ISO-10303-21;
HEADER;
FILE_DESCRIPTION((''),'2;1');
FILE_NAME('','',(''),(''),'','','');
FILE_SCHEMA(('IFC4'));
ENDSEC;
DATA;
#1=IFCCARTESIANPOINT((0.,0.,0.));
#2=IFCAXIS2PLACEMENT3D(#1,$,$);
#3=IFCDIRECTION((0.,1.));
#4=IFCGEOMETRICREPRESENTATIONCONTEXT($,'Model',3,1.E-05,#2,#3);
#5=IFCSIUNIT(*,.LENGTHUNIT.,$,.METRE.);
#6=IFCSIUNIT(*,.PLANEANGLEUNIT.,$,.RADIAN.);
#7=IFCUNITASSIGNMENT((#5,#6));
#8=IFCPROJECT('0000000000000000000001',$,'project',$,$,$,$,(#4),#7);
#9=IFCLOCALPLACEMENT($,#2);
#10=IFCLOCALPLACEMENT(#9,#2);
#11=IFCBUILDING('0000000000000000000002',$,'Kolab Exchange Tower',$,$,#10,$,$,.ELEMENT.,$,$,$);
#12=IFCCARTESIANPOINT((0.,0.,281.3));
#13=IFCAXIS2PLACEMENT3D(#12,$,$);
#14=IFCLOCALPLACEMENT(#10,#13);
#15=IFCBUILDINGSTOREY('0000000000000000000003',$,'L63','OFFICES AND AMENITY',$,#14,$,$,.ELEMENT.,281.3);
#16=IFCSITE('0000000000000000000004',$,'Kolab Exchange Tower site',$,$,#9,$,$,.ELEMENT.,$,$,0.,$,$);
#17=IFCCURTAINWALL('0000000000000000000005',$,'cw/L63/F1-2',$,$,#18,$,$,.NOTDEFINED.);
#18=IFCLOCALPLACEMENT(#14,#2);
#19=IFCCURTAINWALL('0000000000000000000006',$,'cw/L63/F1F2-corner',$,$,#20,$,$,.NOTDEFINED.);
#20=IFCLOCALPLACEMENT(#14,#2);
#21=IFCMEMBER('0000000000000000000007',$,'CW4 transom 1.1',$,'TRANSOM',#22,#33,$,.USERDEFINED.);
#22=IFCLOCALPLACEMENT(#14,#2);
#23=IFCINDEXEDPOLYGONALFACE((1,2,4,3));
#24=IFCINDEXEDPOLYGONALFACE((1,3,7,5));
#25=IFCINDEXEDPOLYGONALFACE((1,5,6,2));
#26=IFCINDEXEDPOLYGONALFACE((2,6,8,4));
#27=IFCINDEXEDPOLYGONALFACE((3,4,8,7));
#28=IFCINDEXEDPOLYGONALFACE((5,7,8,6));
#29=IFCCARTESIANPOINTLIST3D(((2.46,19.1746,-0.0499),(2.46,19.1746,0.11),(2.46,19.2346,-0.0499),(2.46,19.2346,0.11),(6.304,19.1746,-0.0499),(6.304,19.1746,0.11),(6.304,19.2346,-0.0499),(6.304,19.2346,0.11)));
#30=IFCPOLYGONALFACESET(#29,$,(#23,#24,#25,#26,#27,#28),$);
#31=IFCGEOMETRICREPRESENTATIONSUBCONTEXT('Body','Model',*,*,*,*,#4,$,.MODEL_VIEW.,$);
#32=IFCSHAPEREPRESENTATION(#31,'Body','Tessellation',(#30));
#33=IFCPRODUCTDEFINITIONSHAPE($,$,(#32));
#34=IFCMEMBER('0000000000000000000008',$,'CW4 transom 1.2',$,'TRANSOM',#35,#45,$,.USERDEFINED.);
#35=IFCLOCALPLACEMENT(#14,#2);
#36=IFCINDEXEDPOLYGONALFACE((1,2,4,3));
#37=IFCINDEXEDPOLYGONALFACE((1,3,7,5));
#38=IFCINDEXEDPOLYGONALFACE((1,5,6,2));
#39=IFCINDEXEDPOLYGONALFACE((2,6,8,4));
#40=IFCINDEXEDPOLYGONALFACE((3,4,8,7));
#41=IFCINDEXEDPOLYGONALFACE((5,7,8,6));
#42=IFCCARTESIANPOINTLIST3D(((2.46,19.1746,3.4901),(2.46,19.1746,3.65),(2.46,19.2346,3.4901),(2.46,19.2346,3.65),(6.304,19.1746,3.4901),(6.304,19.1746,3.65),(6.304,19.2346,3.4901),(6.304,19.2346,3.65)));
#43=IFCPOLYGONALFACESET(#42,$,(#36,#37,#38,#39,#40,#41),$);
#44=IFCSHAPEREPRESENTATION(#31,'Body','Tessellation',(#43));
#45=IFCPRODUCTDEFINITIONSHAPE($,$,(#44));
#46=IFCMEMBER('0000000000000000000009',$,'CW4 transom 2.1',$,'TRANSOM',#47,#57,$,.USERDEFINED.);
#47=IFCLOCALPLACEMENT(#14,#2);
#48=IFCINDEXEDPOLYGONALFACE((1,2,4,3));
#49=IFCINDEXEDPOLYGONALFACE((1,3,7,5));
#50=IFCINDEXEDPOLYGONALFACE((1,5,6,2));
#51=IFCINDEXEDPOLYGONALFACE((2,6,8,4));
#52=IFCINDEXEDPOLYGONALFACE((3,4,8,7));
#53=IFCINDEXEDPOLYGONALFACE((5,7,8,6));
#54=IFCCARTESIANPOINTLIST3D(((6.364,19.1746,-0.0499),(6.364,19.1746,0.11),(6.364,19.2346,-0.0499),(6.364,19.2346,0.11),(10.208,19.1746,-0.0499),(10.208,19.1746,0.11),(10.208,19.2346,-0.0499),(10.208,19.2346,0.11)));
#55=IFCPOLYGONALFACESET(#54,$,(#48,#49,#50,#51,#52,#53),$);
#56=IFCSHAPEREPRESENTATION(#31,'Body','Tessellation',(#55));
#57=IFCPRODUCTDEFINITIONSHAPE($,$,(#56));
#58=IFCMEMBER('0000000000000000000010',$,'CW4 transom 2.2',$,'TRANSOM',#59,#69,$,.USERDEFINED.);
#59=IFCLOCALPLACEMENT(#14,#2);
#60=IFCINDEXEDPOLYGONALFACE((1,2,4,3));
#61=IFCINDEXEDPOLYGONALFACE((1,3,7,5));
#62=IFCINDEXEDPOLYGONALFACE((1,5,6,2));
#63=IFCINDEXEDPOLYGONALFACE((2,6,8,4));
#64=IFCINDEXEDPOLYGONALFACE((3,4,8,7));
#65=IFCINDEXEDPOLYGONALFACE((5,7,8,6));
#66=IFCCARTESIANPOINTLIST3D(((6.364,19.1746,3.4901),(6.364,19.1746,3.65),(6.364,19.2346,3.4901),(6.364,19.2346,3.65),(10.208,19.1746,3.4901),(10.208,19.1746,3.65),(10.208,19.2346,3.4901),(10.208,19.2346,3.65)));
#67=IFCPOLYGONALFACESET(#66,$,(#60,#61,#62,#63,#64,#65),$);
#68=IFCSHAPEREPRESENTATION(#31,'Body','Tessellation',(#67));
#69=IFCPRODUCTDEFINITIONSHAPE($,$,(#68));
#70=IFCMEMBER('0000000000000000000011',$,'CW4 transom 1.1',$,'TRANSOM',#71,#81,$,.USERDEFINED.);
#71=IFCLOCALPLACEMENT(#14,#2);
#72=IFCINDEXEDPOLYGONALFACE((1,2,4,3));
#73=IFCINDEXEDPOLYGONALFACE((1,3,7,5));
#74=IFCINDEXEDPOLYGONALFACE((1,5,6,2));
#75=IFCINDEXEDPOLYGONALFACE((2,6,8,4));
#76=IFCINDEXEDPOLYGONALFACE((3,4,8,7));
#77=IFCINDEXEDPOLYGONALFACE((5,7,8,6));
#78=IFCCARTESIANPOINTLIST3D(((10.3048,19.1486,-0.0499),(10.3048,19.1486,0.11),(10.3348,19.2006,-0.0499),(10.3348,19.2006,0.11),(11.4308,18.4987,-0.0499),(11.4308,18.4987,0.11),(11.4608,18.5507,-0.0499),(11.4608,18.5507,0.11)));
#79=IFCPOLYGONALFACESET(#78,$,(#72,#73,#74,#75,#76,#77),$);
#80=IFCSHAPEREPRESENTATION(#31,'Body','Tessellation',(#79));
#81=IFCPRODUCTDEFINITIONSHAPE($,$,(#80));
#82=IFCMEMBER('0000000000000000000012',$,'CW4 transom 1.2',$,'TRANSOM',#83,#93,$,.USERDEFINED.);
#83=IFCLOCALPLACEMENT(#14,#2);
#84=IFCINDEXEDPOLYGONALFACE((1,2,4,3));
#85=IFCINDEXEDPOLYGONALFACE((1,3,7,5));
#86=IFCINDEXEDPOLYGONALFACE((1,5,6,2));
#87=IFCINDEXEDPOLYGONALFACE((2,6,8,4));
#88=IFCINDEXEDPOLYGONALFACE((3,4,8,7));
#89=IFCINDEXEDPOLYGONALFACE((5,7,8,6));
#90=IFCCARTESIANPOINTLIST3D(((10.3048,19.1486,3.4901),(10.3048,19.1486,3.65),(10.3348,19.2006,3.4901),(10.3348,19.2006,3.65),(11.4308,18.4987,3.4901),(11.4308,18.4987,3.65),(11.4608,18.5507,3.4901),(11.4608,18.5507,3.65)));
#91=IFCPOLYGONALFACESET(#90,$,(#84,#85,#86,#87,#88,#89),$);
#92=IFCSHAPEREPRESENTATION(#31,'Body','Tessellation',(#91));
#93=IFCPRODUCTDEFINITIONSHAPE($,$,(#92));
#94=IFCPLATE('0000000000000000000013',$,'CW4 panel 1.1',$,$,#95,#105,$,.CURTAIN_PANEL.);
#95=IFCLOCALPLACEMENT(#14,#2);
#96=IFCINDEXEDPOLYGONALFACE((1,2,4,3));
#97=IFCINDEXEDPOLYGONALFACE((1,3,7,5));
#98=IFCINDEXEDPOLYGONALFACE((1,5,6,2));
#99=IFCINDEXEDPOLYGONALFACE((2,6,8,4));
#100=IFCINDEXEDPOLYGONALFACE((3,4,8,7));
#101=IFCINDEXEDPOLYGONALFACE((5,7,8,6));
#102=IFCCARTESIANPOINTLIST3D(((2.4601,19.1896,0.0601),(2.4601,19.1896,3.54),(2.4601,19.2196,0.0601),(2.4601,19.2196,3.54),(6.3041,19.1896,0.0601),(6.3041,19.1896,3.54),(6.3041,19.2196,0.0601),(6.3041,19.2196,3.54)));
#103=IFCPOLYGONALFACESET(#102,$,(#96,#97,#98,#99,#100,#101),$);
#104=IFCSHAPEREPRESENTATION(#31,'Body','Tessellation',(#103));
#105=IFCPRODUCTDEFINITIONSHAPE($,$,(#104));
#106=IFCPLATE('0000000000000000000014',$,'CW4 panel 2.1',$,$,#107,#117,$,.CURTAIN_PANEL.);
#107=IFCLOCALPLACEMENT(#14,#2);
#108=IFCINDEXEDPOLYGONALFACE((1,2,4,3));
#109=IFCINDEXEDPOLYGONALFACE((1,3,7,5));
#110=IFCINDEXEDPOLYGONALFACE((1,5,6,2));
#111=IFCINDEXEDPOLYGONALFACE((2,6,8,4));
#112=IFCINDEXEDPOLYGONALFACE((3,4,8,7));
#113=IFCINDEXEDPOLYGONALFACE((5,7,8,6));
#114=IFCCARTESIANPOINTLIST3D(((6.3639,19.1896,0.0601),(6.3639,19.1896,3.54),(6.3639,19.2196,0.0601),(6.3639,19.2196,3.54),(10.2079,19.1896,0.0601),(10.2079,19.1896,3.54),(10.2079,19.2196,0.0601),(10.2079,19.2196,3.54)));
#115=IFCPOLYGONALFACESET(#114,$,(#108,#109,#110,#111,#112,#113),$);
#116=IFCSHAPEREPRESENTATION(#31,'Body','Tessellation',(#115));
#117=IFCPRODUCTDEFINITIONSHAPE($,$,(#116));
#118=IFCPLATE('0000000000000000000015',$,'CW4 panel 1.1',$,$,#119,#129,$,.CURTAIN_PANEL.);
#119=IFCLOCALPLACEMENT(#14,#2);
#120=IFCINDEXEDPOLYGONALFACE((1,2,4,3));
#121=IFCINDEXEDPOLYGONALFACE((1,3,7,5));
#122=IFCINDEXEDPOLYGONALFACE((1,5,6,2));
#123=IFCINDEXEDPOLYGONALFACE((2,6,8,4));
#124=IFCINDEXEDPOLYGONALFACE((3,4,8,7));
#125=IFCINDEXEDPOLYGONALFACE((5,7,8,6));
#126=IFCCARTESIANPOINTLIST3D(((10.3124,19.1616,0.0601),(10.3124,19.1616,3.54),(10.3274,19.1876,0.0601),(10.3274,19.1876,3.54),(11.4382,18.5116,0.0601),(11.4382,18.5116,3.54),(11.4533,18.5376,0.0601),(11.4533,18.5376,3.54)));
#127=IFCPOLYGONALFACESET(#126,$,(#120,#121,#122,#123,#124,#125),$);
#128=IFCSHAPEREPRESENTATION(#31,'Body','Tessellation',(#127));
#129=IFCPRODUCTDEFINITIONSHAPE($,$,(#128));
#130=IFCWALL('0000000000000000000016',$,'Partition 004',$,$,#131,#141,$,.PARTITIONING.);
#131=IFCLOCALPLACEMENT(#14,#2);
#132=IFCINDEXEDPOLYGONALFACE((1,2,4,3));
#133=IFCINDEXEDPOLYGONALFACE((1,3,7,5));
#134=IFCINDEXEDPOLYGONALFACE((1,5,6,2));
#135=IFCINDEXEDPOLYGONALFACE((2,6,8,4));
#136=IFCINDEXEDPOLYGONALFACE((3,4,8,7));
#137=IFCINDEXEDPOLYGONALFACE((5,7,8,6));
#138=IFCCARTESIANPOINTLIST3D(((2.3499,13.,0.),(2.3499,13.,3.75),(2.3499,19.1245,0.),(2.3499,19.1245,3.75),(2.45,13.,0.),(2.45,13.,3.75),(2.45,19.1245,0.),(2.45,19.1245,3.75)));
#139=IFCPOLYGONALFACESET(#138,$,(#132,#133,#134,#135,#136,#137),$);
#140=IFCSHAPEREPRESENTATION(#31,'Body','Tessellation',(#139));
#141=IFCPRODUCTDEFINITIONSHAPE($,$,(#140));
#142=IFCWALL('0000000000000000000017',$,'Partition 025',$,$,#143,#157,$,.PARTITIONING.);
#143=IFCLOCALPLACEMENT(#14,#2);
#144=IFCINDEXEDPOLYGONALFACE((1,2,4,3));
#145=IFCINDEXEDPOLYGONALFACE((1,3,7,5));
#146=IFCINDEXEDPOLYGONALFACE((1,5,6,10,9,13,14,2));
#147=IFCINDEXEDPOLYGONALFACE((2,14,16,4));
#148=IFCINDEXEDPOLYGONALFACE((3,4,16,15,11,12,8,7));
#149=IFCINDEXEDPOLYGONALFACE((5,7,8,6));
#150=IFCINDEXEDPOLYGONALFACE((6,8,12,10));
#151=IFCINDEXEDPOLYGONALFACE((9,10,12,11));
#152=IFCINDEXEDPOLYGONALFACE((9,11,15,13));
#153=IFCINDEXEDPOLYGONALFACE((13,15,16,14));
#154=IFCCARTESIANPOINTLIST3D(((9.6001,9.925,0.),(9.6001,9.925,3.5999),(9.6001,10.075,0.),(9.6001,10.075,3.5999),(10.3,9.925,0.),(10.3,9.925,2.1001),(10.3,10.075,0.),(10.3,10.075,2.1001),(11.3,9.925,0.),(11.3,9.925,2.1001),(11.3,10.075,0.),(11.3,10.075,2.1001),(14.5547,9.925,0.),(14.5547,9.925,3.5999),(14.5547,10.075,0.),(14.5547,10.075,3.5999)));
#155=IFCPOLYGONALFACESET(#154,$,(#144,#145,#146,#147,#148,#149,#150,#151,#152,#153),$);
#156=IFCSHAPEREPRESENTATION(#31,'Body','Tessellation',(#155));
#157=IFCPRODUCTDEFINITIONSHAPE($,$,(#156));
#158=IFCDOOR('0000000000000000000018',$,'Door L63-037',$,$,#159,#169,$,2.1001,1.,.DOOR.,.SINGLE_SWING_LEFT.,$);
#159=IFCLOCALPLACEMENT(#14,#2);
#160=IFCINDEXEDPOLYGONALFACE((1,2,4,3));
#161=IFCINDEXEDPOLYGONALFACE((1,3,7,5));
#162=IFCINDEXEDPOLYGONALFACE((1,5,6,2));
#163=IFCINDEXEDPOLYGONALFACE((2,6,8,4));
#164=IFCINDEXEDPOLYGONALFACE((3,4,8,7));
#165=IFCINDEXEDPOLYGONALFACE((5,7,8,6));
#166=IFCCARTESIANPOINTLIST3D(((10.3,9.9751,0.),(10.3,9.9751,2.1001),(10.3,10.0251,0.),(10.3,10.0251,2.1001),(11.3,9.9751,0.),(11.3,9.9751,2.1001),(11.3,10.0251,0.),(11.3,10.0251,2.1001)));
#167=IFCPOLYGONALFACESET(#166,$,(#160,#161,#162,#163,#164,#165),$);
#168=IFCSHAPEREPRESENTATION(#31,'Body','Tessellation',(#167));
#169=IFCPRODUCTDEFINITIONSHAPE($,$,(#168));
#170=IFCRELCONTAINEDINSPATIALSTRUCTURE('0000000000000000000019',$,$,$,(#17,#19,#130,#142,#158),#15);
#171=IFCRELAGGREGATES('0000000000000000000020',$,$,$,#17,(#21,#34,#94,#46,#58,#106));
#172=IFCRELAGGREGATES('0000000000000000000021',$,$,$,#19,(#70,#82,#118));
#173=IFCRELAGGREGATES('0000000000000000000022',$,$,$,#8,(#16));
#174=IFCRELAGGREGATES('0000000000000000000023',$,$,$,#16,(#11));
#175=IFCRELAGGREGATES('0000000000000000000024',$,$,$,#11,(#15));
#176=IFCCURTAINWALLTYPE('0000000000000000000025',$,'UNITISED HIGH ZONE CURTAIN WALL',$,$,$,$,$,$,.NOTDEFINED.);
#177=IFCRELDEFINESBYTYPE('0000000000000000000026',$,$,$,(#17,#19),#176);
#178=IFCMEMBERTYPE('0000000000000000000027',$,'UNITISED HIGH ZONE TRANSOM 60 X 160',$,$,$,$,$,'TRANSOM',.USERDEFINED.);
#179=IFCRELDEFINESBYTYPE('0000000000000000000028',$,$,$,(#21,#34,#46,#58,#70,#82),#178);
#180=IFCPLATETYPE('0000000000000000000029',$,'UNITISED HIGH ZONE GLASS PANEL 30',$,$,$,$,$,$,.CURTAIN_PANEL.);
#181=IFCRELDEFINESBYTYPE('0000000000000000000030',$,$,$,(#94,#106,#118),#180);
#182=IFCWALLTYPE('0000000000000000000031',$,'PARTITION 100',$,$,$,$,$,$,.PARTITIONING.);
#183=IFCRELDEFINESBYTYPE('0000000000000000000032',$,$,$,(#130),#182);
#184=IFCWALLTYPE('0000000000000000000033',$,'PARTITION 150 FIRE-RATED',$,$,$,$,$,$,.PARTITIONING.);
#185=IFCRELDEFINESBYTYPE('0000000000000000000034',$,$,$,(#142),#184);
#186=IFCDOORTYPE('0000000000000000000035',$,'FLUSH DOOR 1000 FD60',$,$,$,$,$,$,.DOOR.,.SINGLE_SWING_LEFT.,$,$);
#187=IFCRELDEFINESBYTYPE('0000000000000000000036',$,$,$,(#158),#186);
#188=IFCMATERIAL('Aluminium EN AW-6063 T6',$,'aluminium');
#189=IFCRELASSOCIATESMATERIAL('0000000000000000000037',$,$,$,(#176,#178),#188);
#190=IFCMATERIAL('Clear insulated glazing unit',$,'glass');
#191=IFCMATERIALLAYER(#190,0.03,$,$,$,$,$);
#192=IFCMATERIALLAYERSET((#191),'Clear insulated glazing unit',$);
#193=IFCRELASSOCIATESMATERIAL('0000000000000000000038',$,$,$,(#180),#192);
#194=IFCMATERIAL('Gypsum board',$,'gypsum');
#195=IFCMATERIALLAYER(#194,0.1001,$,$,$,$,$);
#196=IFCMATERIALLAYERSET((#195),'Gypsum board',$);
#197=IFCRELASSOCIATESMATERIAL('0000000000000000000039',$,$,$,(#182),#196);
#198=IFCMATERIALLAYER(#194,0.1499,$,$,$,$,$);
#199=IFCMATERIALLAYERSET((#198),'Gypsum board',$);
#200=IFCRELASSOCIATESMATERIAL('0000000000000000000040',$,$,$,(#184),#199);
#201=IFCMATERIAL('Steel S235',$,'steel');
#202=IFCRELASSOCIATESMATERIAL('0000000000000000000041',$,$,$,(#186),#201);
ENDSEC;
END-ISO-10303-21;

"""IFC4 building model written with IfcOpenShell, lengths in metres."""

from ifc_helpers import new_model, si_unit, direction, frame, frame_2d, origin, origin_2d, place, context, subcontext, project, spatial, rectangle, extrude, material, layer, layer_set, material_profile, profile_set, type_object, element, fill, aggregate, save


model = new_model("IFC4")

# Units and contexts
model_context = context("Model", 3, precision=1e-05, world=origin(), true_north=direction((0.0, 1.0)))
body_context = subcontext(model_context, "Body", "Model", "MODEL_VIEW")
ifc_project = project(units=[si_unit("LENGTHUNIT", "METRE"), si_unit("PLANEANGLEUNIT", "RADIAN")], contexts=[model_context])

# Site, building, storey
site_placement = place(None, origin())
site = spatial("IfcSite", under=ifc_project, at=site_placement, Name="Kolab Exchange Tower site", CompositionType="ELEMENT", RefElevation=0.0)
building_placement = place(site_placement, origin())
building = spatial("IfcBuilding", under=site, at=building_placement, Name="Kolab Exchange Tower", CompositionType="ELEMENT")
storey_placement = place(building_placement, frame((0.0, 0.0, 281.3)))
storey = spatial("IfcBuildingStorey", under=building, at=storey_placement, Name="L63", Description="OFFICES AND AMENITY", CompositionType="ELEMENT", Elevation=281.3)

# Curtain walls
ifc_material_1 = material(Name="Aluminium EN AW-6063 T6", Category="aluminium")
curtain_wall_type = type_object("IfcCurtainWallType", Name="UNITISED HIGH ZONE CURTAIN WALL", PredefinedType="NOTDEFINED", material=ifc_material_1)
curtain_wall_1_placement = place(storey_placement, origin())
curtain_wall_1 = element("IfcCurtainWall", 1, at=curtain_wall_1_placement, inside=storey, type_object=curtain_wall_type, Name="cw/L63/F1-2", PredefinedType="NOTDEFINED")
curtain_wall_2_placement = place(storey_placement, origin())
curtain_wall_2 = element("IfcCurtainWall", 2, at=curtain_wall_2_placement, inside=storey, type_object=curtain_wall_type, Name="cw/L63/F1F2-corner", PredefinedType="NOTDEFINED")

# Members
ifc_material_profile_1 = material_profile(ifc_material_1, rectangle(XDim=0.0601, YDim=0.1599, at=origin_2d()), Name="RECT 60X160")
ifc_profile_set_1 = profile_set([ifc_material_profile_1], Name="Aluminium EN AW-6063 T6")
member_type_1 = type_object("IfcMemberType", Name="UNITISED HIGH ZONE TRANSOM 60 X 160", ElementType="TRANSOM", PredefinedType="USERDEFINED", material=ifc_profile_set_1)
member_1_placement = place(storey_placement, frame((2.46, 19.2046, 0.03), z_axis=(1.0, 0.0, 0.0), x_axis=(0.0, 1.0, 0.0)))
member_1 = element("IfcMember", 3, at=member_1_placement, type_object=member_type_1, Name="CW4 transom 1.1", ObjectType="TRANSOM", PredefinedType="USERDEFINED", context=body_context, shape_type="SweptSolid", body=[
    extrude(rectangle(XDim=0.0601, YDim=0.1599, at=origin_2d()), origin(), (0.0, 0.0, 1.0), 3.844),
])
member_2_placement = place(storey_placement, frame((2.46, 19.2046, 3.5701), z_axis=(1.0, 0.0, 0.0), x_axis=(0.0, 1.0, 0.0)))
member_2 = element("IfcMember", 4, at=member_2_placement, type_object=member_type_1, Name="CW4 transom 1.2", ObjectType="TRANSOM", PredefinedType="USERDEFINED", context=body_context, shape_type="SweptSolid", body=[
    extrude(rectangle(XDim=0.0601, YDim=0.1599, at=origin_2d()), origin(), (0.0, 0.0, 1.0), 3.844),
])
member_3_placement = place(storey_placement, frame((6.364, 19.2046, 0.03), z_axis=(1.0, 0.0, 0.0), x_axis=(0.0, 1.0, 0.0)))
member_3 = element("IfcMember", 5, at=member_3_placement, type_object=member_type_1, Name="CW4 transom 2.1", ObjectType="TRANSOM", PredefinedType="USERDEFINED", context=body_context, shape_type="SweptSolid", body=[
    extrude(rectangle(XDim=0.0601, YDim=0.1599, at=origin_2d()), origin(), (0.0, 0.0, 1.0), 3.844),
])
member_4_placement = place(storey_placement, frame((6.364, 19.2046, 3.5701), z_axis=(1.0, 0.0, 0.0), x_axis=(0.0, 1.0, 0.0)))
member_4 = element("IfcMember", 6, at=member_4_placement, type_object=member_type_1, Name="CW4 transom 2.2", ObjectType="TRANSOM", PredefinedType="USERDEFINED", context=body_context, shape_type="SweptSolid", body=[
    extrude(rectangle(XDim=0.0601, YDim=0.1599, at=origin_2d()), origin(), (0.0, 0.0, 1.0), 3.844),
])
member_5_placement = place(storey_placement, frame((10.3198, 19.1746, 0.03), z_axis=(0.866086, -0.499896, 0.0), x_axis=(0.499896, 0.866086, 0.0)))
member_5 = element("IfcMember", 7, at=member_5_placement, type_object=member_type_1, Name="CW4 transom 1.1", ObjectType="TRANSOM", PredefinedType="USERDEFINED", context=body_context, shape_type="SweptSolid", body=[
    extrude(rectangle(XDim=0.0601, YDim=0.1599, at=origin_2d()), origin(), (0.0, 0.0, 1.0), 1.3),
])
member_6_placement = place(storey_placement, frame((10.3198, 19.1746, 3.5701), z_axis=(0.866086, -0.499896, 0.0), x_axis=(0.499896, 0.866086, 0.0)))
member_6 = element("IfcMember", 8, at=member_6_placement, type_object=member_type_1, Name="CW4 transom 1.2", ObjectType="TRANSOM", PredefinedType="USERDEFINED", context=body_context, shape_type="SweptSolid", body=[
    extrude(rectangle(XDim=0.0601, YDim=0.1599, at=origin_2d()), origin(), (0.0, 0.0, 1.0), 1.3),
])

# Plates
ifc_material_2 = material(Name="Clear insulated glazing unit", Category="glass")
ifc_layer_1 = layer(ifc_material_2, 0.03)
ifc_layer_set_1 = layer_set([ifc_layer_1], Name="Clear insulated glazing unit")
plate_type = type_object("IfcPlateType", Name="UNITISED HIGH ZONE GLASS PANEL 30", PredefinedType="CURTAIN_PANEL", material=ifc_layer_set_1)
plate_1_placement = place(storey_placement, frame((4.3821, 19.2046, 0.0601), z_axis=(0.0, 0.0, 1.0), x_axis=(1.0, 0.0, 0.0)))
plate_1 = element("IfcPlate", 9, at=plate_1_placement, type_object=plate_type, Name="CW4 panel 1.1", PredefinedType="CURTAIN_PANEL", context=body_context, shape_type="SweptSolid", body=[
    extrude(rectangle(XDim=3.844, YDim=0.03, at=origin_2d()), origin(), (0.0, 0.0, 1.0), 3.48),
])
plate_2_placement = place(storey_placement, frame((8.2859, 19.2046, 0.0601), z_axis=(0.0, 0.0, 1.0), x_axis=(1.0, 0.0, 0.0)))
plate_2 = element("IfcPlate", 10, at=plate_2_placement, type_object=plate_type, Name="CW4 panel 2.1", PredefinedType="CURTAIN_PANEL", context=body_context, shape_type="SweptSolid", body=[
    extrude(rectangle(XDim=3.844, YDim=0.03, at=origin_2d()), origin(), (0.0, 0.0, 1.0), 3.48),
])
aggregate(curtain_wall_1, [member_1, member_2, plate_1, member_3, member_4, plate_2])
plate_3_placement = place(storey_placement, frame((10.8828, 18.8496, 0.0601), z_axis=(0.0, 0.0, 1.0), x_axis=(0.866025, -0.5, 0.0)))
plate_3 = element("IfcPlate", 11, at=plate_3_placement, type_object=plate_type, Name="CW4 panel 1.1", PredefinedType="CURTAIN_PANEL", context=body_context, shape_type="SweptSolid", body=[
    extrude(rectangle(XDim=1.3, YDim=0.03, at=origin_2d()), origin(), (0.0, 0.0, 1.0), 3.48),
])
aggregate(curtain_wall_2, [member_5, member_6, plate_3])

# Wall
ifc_material_3 = material(Name="Gypsum board", Category="gypsum")
ifc_layer_2 = layer(ifc_material_3, 0.1001)
ifc_layer_set_2 = layer_set([ifc_layer_2], Name="Gypsum board")
wall_type_1 = type_object("IfcWallType", Name="PARTITION 100", PredefinedType="PARTITIONING", material=ifc_layer_set_2)
wall_1_placement = place(storey_placement, frame((2.3999, 13.0, 0.0), z_axis=(0.0, 0.0, 1.0), x_axis=(0.0, 1.0, 0.0)))
element("IfcWall", 12, at=wall_1_placement, inside=storey, type_object=wall_type_1, Name="Partition 004", PredefinedType="PARTITIONING", context=body_context, shape_type="SweptSolid", body=[
    extrude(rectangle(XDim=6.1245, YDim=0.1001, at=frame_2d((3.0623, 0.0))), origin(), (0.0, 0.0, 1.0), 3.75),
])

# Wall, opening, door
ifc_layer_3 = layer(ifc_material_3, 0.1499)
ifc_layer_set_3 = layer_set([ifc_layer_3], Name="Gypsum board")
wall_type_2 = type_object("IfcWallType", Name="PARTITION 150 FIRE-RATED", PredefinedType="PARTITIONING", material=ifc_layer_set_3)
wall_2_placement = place(storey_placement, frame((9.6001, 10.0, 0.0), z_axis=(0.0, 0.0, 1.0), x_axis=(1.0, 0.0, 0.0)))
wall_2 = element("IfcWall", 13, at=wall_2_placement, inside=storey, type_object=wall_type_2, Name="Partition 025", PredefinedType="PARTITIONING", context=body_context, shape_type="SweptSolid", body=[
    extrude(rectangle(XDim=4.9546, YDim=0.1499, at=frame_2d((2.4773, 0.0))), origin(), (0.0, 0.0, 1.0), 3.5999),
])
opening_placement = place(wall_2_placement, frame((0.7, 0.0, 0.0)))
opening = element("IfcOpeningElement", 14, at=opening_placement, cuts=wall_2, PredefinedType="OPENING", context=body_context, shape_type="SweptSolid", body=[
    extrude(rectangle(XDim=1.0, YDim=2.1001, at=frame_2d((0.5, 1.05))), frame((0.0, 0.085, 0.0), z_axis=(0.0, -1.0, 0.0), x_axis=(1.0, 0.0, 0.0)), (0.0, 0.0, 1.0), 0.1699),
])
ifc_material_4 = material(Name="Steel S235", Category="steel")
door_type = type_object("IfcDoorType", Name="FLUSH DOOR 1000 FD60", OperationType="SINGLE_SWING_LEFT", PredefinedType="DOOR", material=ifc_material_4)
door_placement = place(opening_placement, frame((1.0, 0.0, 0.0), z_axis=(0.0, 0.0, 1.0), x_axis=(-1.0, 0.0, 0.0)))
door = element("IfcDoor", 15, at=door_placement, inside=storey, type_object=door_type, Name="Door L63-037", OperationType="SINGLE_SWING_LEFT", OverallHeight=2.1001, OverallWidth=1.0, PredefinedType="DOOR", context=body_context, shape_type="SweptSolid", body=[
    extrude(rectangle(XDim=1.0, YDim=2.1001, at=frame_2d((0.5, 1.05))), frame((0.0, 0.0249, 0.0), z_axis=(0.0, -1.0, 0.0), x_axis=(1.0, 0.0, 0.0)), (0.0, 0.0, 1.0), 0.05),
])
fill(opening, door)

save(model, "model.ifc")
